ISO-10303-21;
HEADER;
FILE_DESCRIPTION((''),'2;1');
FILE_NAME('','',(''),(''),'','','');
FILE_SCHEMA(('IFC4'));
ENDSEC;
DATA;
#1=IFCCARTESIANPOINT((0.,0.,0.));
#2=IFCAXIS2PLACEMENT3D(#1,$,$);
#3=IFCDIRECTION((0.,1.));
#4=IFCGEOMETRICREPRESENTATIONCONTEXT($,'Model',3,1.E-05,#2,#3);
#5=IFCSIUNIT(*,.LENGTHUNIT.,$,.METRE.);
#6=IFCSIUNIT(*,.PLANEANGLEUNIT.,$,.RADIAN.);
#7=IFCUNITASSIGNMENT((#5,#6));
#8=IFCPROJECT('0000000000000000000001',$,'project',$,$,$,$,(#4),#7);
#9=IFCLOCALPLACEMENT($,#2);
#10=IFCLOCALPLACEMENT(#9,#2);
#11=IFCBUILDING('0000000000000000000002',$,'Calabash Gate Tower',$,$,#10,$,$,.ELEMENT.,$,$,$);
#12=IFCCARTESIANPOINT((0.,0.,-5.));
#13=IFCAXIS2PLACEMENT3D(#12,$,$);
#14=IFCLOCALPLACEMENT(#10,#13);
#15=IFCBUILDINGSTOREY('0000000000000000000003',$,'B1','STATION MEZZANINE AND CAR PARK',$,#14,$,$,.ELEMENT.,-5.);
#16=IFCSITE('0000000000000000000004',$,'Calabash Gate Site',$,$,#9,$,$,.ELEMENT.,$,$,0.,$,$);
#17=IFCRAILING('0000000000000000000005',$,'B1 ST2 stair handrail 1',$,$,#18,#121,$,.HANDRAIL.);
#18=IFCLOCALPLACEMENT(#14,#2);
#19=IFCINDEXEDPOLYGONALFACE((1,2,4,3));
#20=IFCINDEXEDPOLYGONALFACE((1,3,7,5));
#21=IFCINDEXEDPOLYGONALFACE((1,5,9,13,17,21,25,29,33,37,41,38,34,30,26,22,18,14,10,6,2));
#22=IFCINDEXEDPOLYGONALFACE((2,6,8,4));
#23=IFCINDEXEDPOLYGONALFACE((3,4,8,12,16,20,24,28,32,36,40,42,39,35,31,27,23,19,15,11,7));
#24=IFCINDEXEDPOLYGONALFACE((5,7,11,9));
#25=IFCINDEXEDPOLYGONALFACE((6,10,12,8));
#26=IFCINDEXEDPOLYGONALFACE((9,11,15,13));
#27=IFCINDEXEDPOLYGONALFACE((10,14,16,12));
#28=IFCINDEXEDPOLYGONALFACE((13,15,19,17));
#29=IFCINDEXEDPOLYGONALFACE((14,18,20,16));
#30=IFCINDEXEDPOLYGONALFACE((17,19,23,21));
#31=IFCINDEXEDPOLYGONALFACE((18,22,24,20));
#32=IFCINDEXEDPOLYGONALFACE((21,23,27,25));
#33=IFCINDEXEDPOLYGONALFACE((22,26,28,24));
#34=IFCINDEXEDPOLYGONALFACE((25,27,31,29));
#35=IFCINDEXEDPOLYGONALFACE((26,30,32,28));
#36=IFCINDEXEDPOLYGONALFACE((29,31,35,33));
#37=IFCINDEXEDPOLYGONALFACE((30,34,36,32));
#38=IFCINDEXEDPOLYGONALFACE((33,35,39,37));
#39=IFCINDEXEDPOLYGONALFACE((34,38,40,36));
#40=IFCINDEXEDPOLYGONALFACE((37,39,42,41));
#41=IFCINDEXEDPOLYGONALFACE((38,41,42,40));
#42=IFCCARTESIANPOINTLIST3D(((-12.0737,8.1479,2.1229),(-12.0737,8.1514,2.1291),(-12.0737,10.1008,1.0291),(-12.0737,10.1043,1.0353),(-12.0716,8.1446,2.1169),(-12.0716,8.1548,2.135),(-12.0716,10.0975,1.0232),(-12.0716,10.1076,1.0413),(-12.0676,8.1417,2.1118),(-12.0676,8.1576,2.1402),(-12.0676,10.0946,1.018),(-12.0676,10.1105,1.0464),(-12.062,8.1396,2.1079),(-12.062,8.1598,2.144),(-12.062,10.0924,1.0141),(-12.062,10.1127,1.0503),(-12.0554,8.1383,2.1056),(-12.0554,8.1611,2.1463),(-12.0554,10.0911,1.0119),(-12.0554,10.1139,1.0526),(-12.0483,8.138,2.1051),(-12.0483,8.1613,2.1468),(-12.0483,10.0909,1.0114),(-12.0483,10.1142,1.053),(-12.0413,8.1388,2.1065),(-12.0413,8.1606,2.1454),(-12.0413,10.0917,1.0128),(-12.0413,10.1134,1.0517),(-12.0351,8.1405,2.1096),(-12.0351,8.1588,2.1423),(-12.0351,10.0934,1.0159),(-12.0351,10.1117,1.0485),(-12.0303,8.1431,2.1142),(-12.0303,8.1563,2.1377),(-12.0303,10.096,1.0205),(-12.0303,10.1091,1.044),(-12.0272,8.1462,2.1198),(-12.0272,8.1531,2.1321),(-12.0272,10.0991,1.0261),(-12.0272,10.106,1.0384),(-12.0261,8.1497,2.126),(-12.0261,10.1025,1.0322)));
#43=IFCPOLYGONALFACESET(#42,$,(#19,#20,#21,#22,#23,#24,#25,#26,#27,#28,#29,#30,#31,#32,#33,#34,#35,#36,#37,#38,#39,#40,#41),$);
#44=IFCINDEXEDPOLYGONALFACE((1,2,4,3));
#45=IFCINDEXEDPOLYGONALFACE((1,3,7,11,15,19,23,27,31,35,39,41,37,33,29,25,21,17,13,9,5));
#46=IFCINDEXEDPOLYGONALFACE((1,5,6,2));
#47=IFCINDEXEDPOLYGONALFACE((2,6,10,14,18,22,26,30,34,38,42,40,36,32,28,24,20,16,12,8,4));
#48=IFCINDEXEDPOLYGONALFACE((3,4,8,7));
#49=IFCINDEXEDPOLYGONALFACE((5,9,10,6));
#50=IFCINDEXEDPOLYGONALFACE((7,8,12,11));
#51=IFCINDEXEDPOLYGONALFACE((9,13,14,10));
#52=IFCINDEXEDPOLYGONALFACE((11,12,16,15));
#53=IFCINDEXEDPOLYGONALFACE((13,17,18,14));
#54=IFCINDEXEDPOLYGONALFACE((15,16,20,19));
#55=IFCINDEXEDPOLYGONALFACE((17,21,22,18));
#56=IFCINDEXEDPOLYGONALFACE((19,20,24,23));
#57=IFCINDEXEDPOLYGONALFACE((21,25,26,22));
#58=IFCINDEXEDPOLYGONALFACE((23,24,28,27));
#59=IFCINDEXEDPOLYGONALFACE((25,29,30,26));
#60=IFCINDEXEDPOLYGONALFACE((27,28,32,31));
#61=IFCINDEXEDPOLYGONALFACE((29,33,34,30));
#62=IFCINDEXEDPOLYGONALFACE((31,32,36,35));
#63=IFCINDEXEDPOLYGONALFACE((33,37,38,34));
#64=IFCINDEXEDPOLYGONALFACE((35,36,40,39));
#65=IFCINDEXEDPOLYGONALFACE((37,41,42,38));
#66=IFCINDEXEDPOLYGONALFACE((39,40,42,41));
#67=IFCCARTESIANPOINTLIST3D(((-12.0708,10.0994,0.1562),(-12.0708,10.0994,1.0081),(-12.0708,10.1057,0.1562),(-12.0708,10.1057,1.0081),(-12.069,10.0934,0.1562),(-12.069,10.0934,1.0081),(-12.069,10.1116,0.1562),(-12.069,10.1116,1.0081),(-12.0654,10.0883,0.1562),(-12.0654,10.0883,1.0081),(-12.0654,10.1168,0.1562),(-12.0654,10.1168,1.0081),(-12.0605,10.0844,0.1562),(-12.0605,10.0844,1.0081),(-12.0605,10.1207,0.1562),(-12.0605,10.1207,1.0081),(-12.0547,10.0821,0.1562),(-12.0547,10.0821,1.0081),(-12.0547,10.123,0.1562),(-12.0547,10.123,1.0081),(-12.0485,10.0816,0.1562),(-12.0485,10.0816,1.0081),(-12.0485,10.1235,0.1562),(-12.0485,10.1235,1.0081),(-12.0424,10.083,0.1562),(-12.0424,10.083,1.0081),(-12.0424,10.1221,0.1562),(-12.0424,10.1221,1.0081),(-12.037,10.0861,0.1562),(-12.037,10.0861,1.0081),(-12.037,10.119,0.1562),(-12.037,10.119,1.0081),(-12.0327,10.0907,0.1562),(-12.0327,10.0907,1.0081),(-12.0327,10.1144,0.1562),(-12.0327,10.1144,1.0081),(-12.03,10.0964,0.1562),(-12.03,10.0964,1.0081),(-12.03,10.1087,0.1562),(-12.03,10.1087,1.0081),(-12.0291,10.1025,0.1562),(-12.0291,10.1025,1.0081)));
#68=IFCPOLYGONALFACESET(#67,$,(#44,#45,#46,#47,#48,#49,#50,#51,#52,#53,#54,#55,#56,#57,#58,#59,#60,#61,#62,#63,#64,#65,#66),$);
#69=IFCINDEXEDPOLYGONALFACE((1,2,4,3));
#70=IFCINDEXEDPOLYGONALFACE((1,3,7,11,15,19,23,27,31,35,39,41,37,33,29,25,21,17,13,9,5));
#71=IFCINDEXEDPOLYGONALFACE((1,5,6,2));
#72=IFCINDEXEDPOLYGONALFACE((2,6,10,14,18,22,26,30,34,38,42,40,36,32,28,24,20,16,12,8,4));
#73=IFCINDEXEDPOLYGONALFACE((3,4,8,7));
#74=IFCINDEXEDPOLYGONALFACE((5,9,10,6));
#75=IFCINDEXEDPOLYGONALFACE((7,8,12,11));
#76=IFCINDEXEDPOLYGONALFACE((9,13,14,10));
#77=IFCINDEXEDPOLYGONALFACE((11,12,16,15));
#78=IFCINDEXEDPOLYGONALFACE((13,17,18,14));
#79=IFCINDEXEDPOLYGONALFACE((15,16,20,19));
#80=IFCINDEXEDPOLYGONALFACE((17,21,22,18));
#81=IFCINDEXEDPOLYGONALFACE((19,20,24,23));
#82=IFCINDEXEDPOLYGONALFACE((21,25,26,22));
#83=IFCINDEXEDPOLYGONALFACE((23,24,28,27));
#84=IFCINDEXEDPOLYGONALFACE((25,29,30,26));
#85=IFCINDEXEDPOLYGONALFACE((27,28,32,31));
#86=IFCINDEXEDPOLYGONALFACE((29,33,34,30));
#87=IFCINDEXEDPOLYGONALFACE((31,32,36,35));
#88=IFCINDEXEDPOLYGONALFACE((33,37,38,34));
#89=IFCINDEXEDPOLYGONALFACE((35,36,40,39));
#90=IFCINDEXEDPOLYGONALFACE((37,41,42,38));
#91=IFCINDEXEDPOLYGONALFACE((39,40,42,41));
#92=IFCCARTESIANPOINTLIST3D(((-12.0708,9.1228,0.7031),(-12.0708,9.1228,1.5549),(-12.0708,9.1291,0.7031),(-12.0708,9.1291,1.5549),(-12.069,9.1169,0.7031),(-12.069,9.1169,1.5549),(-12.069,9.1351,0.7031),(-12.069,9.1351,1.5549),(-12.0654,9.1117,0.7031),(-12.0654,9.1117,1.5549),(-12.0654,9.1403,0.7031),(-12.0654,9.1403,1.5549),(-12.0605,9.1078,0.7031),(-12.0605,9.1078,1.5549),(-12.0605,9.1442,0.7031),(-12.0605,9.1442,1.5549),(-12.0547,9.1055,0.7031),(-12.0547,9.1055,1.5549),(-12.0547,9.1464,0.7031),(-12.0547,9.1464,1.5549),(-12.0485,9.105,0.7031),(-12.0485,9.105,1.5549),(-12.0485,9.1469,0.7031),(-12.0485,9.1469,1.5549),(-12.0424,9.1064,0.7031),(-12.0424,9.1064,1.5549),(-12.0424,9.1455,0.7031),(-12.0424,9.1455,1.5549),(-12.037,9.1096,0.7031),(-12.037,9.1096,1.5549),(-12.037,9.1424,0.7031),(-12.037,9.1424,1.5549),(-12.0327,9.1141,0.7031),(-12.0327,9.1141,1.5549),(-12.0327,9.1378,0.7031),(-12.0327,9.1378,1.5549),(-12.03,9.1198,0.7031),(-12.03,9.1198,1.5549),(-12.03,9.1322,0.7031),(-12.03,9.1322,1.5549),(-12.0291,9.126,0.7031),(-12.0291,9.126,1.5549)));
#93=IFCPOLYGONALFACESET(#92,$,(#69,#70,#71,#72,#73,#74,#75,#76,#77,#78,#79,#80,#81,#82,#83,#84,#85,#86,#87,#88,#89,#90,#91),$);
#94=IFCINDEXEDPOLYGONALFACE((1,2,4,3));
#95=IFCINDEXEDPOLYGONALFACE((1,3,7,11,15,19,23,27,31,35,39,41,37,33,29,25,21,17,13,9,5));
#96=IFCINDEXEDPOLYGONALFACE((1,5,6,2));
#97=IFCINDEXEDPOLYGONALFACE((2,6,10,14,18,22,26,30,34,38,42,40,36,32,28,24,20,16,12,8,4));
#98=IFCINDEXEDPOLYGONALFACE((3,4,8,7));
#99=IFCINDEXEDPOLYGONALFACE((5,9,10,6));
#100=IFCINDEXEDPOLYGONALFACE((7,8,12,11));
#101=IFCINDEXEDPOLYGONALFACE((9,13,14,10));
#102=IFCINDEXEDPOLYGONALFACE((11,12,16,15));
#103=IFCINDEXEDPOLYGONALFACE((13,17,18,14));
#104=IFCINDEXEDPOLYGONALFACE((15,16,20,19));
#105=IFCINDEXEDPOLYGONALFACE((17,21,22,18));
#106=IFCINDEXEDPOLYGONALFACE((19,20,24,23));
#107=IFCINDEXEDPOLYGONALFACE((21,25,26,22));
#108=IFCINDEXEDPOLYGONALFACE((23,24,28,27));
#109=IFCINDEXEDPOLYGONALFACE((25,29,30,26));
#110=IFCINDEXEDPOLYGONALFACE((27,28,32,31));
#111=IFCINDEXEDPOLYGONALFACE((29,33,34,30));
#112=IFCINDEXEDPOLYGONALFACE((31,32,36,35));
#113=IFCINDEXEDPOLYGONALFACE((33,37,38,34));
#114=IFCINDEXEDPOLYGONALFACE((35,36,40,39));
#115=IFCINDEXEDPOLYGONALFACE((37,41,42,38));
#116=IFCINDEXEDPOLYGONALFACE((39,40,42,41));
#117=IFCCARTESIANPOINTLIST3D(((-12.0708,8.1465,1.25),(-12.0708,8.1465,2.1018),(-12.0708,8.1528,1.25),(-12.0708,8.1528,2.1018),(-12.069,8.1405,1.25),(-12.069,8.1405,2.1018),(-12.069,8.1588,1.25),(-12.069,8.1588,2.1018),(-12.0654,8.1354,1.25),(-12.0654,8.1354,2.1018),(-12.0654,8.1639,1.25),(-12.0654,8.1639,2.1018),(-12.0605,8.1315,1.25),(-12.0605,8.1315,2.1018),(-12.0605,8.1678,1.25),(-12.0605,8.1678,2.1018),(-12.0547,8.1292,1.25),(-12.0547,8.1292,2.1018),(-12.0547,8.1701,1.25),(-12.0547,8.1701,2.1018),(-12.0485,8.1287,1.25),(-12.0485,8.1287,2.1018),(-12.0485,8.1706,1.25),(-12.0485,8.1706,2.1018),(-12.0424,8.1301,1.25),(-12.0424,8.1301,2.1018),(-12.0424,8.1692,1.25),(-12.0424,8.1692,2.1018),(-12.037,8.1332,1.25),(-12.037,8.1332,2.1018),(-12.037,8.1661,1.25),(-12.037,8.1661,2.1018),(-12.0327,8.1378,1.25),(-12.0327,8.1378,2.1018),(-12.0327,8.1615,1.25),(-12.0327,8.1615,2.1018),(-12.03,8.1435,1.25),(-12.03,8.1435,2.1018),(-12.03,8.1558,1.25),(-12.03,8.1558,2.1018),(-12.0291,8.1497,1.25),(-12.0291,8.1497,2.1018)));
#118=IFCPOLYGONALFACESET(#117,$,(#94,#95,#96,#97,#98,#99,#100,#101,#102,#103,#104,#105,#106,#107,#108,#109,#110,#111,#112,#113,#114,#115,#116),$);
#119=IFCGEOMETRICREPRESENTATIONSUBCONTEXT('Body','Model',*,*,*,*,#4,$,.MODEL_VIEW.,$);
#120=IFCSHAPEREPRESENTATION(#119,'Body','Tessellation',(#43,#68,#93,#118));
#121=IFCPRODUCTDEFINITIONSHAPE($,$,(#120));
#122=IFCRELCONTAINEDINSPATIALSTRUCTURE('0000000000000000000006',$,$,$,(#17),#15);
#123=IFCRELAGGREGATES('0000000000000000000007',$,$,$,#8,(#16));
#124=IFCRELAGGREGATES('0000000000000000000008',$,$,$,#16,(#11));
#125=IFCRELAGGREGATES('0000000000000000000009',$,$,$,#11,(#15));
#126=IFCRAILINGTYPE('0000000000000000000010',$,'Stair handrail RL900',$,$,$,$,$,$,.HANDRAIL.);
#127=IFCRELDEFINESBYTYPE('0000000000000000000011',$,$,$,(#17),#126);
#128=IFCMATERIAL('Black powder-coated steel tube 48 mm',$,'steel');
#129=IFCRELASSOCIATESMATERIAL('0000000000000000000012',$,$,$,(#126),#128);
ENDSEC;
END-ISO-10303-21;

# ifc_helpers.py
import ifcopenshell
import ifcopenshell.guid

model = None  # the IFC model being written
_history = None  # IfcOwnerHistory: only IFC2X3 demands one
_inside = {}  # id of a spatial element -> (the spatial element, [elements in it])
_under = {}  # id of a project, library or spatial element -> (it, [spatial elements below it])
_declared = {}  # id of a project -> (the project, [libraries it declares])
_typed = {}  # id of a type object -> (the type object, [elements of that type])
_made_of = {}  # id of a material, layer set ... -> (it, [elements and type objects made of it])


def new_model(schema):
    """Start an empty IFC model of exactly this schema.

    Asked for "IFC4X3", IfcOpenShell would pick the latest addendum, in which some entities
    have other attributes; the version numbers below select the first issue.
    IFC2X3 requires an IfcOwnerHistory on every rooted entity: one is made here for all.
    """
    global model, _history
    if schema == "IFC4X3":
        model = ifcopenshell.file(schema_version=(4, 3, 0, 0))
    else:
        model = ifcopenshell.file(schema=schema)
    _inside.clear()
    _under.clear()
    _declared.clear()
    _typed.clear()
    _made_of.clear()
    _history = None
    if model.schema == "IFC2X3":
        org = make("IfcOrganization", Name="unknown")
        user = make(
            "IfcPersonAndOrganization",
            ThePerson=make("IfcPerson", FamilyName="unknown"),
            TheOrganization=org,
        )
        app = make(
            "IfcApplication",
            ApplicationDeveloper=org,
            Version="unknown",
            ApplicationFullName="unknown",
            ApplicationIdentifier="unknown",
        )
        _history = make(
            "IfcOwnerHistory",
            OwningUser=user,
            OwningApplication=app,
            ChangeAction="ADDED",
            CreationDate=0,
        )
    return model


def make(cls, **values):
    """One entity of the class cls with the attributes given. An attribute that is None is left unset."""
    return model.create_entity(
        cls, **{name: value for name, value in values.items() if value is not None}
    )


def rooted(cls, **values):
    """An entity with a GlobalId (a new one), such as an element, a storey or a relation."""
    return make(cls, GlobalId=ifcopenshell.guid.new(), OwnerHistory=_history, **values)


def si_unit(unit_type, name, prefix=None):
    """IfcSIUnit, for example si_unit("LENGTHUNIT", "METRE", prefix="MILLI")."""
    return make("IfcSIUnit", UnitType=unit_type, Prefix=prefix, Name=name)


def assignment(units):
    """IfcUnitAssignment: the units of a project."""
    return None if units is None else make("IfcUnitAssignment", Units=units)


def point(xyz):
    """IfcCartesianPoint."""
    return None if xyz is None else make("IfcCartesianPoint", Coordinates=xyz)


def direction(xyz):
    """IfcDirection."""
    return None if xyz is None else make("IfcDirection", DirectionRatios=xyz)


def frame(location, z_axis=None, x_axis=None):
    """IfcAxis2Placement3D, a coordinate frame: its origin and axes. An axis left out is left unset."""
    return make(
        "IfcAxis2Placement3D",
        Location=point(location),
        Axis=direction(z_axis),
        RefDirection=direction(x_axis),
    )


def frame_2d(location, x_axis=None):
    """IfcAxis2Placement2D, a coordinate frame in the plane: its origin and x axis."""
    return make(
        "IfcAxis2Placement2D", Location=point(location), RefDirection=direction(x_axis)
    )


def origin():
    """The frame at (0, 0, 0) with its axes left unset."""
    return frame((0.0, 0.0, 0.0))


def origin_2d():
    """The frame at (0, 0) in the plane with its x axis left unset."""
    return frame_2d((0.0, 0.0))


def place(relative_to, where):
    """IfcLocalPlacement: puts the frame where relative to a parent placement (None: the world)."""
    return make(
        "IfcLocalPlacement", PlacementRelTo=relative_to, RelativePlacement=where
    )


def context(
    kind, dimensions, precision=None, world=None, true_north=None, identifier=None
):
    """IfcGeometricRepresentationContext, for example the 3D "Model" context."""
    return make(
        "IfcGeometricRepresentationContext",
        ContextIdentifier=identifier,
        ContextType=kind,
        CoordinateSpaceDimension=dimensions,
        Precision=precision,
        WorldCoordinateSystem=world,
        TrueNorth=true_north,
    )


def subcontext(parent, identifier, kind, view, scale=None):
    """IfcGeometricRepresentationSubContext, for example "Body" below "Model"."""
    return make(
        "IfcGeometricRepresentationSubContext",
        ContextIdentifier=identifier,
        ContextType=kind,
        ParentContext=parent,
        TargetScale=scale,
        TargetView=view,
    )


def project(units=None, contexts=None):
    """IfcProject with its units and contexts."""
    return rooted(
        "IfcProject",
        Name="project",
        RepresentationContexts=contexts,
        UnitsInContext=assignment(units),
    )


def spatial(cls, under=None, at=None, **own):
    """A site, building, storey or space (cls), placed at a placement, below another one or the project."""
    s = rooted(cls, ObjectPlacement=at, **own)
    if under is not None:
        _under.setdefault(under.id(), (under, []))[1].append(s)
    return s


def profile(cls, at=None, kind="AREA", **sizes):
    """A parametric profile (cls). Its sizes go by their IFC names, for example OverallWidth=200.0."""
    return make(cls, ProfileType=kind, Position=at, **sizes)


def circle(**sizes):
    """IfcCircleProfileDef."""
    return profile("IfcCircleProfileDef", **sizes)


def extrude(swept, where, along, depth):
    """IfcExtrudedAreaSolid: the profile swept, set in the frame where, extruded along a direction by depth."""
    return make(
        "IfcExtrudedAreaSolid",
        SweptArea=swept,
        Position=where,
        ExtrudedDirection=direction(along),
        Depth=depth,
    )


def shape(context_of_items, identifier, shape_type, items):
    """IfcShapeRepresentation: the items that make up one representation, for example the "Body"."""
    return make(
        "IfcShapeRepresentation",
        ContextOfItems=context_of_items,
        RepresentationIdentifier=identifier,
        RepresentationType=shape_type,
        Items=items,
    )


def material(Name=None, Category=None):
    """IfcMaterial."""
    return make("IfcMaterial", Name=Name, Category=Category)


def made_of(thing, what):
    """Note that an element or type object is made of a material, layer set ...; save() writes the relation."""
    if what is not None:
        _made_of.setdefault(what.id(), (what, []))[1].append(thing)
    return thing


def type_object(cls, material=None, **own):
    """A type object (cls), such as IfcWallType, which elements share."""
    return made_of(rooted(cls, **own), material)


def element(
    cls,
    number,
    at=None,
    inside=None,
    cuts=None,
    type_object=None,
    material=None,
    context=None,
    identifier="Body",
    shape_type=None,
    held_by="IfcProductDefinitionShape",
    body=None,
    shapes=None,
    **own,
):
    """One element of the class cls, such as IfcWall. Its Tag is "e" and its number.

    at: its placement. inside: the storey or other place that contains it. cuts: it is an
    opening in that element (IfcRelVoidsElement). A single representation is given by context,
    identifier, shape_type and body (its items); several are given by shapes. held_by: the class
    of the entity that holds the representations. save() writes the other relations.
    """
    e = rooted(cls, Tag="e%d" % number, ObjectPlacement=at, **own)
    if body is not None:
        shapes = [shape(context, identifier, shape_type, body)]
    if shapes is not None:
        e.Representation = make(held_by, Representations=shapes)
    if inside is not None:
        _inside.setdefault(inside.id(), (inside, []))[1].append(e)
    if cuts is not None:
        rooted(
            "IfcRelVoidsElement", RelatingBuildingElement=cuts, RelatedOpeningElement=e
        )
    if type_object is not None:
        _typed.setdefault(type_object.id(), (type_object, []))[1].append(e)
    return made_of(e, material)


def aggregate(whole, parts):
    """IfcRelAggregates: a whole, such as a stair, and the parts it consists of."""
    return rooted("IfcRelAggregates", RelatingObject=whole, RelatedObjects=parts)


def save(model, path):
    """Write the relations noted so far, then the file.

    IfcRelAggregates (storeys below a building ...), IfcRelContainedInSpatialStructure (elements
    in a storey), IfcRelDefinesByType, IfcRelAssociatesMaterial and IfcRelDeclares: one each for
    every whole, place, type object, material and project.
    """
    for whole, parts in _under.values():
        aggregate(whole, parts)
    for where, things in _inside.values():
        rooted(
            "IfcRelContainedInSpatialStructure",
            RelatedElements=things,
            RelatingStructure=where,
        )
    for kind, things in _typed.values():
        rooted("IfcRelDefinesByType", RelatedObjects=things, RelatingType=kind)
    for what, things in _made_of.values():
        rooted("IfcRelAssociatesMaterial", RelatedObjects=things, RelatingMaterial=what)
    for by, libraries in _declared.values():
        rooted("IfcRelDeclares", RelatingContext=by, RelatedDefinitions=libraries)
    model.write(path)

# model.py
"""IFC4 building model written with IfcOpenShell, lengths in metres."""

from ifc_helpers import new_model, si_unit, direction, frame, origin, origin_2d, place, context, subcontext, project, spatial, circle, extrude, material, type_object, element, save


model = new_model("IFC4")

# Units and contexts
model_context = context("Model", 3, precision=1e-05, world=origin(), true_north=direction((0.0, 1.0)))
body_context = subcontext(model_context, "Body", "Model", "MODEL_VIEW")
ifc_project = project(units=[si_unit("LENGTHUNIT", "METRE"), si_unit("PLANEANGLEUNIT", "RADIAN")], contexts=[model_context])

# Site, building, storey
site_placement = place(None, origin())
site = spatial("IfcSite", under=ifc_project, at=site_placement, Name="Calabash Gate Site", CompositionType="ELEMENT", RefElevation=0.0)
building_placement = place(site_placement, origin())
building = spatial("IfcBuilding", under=site, at=building_placement, Name="Calabash Gate Tower", CompositionType="ELEMENT")
storey_placement = place(building_placement, frame((0.0, 0.0, -5.0)))
storey = spatial("IfcBuildingStorey", under=building, at=storey_placement, Name="B1", Description="STATION MEZZANINE AND CAR PARK", CompositionType="ELEMENT", Elevation=-5.0)

# Railing
ifc_material_1 = material(Name="Black powder-coated steel tube 48 mm", Category="steel")
railing_type_1 = type_object("IfcRailingType", Name="Stair handrail RL900", PredefinedType="HANDRAIL", material=ifc_material_1)
railing_1_placement = place(storey_placement, frame((-12.05, 10.1025, 0.1562)))
element("IfcRailing", 1, at=railing_1_placement, inside=storey, type_object=railing_type_1, Name="B1 ST2 stair handrail 1", PredefinedType="HANDRAIL", context=body_context, shape_type="SweptSolid", body=[
    extrude(circle(Radius=0.0239, at=origin_2d()), frame((0.0, 0.0, 0.876), z_axis=(0.0, -0.87248, 0.48865), x_axis=(1.0, 0.0, 0.0)), (0.0, 0.0, 1.0), 2.2383),
    extrude(circle(Radius=0.021, at=origin_2d()), origin(), (0.0, 0.0, 1.0), 0.8518),
    extrude(circle(Radius=0.021, at=origin_2d()), frame((0.0, -0.9766, 0.5469)), (0.0, 0.0, 1.0), 0.8518),
    extrude(circle(Radius=0.021, at=origin_2d()), frame((0.0, -1.9529, 1.0938)), (0.0, 0.0, 1.0), 0.8518),
])

save(model, "model.ifc")
